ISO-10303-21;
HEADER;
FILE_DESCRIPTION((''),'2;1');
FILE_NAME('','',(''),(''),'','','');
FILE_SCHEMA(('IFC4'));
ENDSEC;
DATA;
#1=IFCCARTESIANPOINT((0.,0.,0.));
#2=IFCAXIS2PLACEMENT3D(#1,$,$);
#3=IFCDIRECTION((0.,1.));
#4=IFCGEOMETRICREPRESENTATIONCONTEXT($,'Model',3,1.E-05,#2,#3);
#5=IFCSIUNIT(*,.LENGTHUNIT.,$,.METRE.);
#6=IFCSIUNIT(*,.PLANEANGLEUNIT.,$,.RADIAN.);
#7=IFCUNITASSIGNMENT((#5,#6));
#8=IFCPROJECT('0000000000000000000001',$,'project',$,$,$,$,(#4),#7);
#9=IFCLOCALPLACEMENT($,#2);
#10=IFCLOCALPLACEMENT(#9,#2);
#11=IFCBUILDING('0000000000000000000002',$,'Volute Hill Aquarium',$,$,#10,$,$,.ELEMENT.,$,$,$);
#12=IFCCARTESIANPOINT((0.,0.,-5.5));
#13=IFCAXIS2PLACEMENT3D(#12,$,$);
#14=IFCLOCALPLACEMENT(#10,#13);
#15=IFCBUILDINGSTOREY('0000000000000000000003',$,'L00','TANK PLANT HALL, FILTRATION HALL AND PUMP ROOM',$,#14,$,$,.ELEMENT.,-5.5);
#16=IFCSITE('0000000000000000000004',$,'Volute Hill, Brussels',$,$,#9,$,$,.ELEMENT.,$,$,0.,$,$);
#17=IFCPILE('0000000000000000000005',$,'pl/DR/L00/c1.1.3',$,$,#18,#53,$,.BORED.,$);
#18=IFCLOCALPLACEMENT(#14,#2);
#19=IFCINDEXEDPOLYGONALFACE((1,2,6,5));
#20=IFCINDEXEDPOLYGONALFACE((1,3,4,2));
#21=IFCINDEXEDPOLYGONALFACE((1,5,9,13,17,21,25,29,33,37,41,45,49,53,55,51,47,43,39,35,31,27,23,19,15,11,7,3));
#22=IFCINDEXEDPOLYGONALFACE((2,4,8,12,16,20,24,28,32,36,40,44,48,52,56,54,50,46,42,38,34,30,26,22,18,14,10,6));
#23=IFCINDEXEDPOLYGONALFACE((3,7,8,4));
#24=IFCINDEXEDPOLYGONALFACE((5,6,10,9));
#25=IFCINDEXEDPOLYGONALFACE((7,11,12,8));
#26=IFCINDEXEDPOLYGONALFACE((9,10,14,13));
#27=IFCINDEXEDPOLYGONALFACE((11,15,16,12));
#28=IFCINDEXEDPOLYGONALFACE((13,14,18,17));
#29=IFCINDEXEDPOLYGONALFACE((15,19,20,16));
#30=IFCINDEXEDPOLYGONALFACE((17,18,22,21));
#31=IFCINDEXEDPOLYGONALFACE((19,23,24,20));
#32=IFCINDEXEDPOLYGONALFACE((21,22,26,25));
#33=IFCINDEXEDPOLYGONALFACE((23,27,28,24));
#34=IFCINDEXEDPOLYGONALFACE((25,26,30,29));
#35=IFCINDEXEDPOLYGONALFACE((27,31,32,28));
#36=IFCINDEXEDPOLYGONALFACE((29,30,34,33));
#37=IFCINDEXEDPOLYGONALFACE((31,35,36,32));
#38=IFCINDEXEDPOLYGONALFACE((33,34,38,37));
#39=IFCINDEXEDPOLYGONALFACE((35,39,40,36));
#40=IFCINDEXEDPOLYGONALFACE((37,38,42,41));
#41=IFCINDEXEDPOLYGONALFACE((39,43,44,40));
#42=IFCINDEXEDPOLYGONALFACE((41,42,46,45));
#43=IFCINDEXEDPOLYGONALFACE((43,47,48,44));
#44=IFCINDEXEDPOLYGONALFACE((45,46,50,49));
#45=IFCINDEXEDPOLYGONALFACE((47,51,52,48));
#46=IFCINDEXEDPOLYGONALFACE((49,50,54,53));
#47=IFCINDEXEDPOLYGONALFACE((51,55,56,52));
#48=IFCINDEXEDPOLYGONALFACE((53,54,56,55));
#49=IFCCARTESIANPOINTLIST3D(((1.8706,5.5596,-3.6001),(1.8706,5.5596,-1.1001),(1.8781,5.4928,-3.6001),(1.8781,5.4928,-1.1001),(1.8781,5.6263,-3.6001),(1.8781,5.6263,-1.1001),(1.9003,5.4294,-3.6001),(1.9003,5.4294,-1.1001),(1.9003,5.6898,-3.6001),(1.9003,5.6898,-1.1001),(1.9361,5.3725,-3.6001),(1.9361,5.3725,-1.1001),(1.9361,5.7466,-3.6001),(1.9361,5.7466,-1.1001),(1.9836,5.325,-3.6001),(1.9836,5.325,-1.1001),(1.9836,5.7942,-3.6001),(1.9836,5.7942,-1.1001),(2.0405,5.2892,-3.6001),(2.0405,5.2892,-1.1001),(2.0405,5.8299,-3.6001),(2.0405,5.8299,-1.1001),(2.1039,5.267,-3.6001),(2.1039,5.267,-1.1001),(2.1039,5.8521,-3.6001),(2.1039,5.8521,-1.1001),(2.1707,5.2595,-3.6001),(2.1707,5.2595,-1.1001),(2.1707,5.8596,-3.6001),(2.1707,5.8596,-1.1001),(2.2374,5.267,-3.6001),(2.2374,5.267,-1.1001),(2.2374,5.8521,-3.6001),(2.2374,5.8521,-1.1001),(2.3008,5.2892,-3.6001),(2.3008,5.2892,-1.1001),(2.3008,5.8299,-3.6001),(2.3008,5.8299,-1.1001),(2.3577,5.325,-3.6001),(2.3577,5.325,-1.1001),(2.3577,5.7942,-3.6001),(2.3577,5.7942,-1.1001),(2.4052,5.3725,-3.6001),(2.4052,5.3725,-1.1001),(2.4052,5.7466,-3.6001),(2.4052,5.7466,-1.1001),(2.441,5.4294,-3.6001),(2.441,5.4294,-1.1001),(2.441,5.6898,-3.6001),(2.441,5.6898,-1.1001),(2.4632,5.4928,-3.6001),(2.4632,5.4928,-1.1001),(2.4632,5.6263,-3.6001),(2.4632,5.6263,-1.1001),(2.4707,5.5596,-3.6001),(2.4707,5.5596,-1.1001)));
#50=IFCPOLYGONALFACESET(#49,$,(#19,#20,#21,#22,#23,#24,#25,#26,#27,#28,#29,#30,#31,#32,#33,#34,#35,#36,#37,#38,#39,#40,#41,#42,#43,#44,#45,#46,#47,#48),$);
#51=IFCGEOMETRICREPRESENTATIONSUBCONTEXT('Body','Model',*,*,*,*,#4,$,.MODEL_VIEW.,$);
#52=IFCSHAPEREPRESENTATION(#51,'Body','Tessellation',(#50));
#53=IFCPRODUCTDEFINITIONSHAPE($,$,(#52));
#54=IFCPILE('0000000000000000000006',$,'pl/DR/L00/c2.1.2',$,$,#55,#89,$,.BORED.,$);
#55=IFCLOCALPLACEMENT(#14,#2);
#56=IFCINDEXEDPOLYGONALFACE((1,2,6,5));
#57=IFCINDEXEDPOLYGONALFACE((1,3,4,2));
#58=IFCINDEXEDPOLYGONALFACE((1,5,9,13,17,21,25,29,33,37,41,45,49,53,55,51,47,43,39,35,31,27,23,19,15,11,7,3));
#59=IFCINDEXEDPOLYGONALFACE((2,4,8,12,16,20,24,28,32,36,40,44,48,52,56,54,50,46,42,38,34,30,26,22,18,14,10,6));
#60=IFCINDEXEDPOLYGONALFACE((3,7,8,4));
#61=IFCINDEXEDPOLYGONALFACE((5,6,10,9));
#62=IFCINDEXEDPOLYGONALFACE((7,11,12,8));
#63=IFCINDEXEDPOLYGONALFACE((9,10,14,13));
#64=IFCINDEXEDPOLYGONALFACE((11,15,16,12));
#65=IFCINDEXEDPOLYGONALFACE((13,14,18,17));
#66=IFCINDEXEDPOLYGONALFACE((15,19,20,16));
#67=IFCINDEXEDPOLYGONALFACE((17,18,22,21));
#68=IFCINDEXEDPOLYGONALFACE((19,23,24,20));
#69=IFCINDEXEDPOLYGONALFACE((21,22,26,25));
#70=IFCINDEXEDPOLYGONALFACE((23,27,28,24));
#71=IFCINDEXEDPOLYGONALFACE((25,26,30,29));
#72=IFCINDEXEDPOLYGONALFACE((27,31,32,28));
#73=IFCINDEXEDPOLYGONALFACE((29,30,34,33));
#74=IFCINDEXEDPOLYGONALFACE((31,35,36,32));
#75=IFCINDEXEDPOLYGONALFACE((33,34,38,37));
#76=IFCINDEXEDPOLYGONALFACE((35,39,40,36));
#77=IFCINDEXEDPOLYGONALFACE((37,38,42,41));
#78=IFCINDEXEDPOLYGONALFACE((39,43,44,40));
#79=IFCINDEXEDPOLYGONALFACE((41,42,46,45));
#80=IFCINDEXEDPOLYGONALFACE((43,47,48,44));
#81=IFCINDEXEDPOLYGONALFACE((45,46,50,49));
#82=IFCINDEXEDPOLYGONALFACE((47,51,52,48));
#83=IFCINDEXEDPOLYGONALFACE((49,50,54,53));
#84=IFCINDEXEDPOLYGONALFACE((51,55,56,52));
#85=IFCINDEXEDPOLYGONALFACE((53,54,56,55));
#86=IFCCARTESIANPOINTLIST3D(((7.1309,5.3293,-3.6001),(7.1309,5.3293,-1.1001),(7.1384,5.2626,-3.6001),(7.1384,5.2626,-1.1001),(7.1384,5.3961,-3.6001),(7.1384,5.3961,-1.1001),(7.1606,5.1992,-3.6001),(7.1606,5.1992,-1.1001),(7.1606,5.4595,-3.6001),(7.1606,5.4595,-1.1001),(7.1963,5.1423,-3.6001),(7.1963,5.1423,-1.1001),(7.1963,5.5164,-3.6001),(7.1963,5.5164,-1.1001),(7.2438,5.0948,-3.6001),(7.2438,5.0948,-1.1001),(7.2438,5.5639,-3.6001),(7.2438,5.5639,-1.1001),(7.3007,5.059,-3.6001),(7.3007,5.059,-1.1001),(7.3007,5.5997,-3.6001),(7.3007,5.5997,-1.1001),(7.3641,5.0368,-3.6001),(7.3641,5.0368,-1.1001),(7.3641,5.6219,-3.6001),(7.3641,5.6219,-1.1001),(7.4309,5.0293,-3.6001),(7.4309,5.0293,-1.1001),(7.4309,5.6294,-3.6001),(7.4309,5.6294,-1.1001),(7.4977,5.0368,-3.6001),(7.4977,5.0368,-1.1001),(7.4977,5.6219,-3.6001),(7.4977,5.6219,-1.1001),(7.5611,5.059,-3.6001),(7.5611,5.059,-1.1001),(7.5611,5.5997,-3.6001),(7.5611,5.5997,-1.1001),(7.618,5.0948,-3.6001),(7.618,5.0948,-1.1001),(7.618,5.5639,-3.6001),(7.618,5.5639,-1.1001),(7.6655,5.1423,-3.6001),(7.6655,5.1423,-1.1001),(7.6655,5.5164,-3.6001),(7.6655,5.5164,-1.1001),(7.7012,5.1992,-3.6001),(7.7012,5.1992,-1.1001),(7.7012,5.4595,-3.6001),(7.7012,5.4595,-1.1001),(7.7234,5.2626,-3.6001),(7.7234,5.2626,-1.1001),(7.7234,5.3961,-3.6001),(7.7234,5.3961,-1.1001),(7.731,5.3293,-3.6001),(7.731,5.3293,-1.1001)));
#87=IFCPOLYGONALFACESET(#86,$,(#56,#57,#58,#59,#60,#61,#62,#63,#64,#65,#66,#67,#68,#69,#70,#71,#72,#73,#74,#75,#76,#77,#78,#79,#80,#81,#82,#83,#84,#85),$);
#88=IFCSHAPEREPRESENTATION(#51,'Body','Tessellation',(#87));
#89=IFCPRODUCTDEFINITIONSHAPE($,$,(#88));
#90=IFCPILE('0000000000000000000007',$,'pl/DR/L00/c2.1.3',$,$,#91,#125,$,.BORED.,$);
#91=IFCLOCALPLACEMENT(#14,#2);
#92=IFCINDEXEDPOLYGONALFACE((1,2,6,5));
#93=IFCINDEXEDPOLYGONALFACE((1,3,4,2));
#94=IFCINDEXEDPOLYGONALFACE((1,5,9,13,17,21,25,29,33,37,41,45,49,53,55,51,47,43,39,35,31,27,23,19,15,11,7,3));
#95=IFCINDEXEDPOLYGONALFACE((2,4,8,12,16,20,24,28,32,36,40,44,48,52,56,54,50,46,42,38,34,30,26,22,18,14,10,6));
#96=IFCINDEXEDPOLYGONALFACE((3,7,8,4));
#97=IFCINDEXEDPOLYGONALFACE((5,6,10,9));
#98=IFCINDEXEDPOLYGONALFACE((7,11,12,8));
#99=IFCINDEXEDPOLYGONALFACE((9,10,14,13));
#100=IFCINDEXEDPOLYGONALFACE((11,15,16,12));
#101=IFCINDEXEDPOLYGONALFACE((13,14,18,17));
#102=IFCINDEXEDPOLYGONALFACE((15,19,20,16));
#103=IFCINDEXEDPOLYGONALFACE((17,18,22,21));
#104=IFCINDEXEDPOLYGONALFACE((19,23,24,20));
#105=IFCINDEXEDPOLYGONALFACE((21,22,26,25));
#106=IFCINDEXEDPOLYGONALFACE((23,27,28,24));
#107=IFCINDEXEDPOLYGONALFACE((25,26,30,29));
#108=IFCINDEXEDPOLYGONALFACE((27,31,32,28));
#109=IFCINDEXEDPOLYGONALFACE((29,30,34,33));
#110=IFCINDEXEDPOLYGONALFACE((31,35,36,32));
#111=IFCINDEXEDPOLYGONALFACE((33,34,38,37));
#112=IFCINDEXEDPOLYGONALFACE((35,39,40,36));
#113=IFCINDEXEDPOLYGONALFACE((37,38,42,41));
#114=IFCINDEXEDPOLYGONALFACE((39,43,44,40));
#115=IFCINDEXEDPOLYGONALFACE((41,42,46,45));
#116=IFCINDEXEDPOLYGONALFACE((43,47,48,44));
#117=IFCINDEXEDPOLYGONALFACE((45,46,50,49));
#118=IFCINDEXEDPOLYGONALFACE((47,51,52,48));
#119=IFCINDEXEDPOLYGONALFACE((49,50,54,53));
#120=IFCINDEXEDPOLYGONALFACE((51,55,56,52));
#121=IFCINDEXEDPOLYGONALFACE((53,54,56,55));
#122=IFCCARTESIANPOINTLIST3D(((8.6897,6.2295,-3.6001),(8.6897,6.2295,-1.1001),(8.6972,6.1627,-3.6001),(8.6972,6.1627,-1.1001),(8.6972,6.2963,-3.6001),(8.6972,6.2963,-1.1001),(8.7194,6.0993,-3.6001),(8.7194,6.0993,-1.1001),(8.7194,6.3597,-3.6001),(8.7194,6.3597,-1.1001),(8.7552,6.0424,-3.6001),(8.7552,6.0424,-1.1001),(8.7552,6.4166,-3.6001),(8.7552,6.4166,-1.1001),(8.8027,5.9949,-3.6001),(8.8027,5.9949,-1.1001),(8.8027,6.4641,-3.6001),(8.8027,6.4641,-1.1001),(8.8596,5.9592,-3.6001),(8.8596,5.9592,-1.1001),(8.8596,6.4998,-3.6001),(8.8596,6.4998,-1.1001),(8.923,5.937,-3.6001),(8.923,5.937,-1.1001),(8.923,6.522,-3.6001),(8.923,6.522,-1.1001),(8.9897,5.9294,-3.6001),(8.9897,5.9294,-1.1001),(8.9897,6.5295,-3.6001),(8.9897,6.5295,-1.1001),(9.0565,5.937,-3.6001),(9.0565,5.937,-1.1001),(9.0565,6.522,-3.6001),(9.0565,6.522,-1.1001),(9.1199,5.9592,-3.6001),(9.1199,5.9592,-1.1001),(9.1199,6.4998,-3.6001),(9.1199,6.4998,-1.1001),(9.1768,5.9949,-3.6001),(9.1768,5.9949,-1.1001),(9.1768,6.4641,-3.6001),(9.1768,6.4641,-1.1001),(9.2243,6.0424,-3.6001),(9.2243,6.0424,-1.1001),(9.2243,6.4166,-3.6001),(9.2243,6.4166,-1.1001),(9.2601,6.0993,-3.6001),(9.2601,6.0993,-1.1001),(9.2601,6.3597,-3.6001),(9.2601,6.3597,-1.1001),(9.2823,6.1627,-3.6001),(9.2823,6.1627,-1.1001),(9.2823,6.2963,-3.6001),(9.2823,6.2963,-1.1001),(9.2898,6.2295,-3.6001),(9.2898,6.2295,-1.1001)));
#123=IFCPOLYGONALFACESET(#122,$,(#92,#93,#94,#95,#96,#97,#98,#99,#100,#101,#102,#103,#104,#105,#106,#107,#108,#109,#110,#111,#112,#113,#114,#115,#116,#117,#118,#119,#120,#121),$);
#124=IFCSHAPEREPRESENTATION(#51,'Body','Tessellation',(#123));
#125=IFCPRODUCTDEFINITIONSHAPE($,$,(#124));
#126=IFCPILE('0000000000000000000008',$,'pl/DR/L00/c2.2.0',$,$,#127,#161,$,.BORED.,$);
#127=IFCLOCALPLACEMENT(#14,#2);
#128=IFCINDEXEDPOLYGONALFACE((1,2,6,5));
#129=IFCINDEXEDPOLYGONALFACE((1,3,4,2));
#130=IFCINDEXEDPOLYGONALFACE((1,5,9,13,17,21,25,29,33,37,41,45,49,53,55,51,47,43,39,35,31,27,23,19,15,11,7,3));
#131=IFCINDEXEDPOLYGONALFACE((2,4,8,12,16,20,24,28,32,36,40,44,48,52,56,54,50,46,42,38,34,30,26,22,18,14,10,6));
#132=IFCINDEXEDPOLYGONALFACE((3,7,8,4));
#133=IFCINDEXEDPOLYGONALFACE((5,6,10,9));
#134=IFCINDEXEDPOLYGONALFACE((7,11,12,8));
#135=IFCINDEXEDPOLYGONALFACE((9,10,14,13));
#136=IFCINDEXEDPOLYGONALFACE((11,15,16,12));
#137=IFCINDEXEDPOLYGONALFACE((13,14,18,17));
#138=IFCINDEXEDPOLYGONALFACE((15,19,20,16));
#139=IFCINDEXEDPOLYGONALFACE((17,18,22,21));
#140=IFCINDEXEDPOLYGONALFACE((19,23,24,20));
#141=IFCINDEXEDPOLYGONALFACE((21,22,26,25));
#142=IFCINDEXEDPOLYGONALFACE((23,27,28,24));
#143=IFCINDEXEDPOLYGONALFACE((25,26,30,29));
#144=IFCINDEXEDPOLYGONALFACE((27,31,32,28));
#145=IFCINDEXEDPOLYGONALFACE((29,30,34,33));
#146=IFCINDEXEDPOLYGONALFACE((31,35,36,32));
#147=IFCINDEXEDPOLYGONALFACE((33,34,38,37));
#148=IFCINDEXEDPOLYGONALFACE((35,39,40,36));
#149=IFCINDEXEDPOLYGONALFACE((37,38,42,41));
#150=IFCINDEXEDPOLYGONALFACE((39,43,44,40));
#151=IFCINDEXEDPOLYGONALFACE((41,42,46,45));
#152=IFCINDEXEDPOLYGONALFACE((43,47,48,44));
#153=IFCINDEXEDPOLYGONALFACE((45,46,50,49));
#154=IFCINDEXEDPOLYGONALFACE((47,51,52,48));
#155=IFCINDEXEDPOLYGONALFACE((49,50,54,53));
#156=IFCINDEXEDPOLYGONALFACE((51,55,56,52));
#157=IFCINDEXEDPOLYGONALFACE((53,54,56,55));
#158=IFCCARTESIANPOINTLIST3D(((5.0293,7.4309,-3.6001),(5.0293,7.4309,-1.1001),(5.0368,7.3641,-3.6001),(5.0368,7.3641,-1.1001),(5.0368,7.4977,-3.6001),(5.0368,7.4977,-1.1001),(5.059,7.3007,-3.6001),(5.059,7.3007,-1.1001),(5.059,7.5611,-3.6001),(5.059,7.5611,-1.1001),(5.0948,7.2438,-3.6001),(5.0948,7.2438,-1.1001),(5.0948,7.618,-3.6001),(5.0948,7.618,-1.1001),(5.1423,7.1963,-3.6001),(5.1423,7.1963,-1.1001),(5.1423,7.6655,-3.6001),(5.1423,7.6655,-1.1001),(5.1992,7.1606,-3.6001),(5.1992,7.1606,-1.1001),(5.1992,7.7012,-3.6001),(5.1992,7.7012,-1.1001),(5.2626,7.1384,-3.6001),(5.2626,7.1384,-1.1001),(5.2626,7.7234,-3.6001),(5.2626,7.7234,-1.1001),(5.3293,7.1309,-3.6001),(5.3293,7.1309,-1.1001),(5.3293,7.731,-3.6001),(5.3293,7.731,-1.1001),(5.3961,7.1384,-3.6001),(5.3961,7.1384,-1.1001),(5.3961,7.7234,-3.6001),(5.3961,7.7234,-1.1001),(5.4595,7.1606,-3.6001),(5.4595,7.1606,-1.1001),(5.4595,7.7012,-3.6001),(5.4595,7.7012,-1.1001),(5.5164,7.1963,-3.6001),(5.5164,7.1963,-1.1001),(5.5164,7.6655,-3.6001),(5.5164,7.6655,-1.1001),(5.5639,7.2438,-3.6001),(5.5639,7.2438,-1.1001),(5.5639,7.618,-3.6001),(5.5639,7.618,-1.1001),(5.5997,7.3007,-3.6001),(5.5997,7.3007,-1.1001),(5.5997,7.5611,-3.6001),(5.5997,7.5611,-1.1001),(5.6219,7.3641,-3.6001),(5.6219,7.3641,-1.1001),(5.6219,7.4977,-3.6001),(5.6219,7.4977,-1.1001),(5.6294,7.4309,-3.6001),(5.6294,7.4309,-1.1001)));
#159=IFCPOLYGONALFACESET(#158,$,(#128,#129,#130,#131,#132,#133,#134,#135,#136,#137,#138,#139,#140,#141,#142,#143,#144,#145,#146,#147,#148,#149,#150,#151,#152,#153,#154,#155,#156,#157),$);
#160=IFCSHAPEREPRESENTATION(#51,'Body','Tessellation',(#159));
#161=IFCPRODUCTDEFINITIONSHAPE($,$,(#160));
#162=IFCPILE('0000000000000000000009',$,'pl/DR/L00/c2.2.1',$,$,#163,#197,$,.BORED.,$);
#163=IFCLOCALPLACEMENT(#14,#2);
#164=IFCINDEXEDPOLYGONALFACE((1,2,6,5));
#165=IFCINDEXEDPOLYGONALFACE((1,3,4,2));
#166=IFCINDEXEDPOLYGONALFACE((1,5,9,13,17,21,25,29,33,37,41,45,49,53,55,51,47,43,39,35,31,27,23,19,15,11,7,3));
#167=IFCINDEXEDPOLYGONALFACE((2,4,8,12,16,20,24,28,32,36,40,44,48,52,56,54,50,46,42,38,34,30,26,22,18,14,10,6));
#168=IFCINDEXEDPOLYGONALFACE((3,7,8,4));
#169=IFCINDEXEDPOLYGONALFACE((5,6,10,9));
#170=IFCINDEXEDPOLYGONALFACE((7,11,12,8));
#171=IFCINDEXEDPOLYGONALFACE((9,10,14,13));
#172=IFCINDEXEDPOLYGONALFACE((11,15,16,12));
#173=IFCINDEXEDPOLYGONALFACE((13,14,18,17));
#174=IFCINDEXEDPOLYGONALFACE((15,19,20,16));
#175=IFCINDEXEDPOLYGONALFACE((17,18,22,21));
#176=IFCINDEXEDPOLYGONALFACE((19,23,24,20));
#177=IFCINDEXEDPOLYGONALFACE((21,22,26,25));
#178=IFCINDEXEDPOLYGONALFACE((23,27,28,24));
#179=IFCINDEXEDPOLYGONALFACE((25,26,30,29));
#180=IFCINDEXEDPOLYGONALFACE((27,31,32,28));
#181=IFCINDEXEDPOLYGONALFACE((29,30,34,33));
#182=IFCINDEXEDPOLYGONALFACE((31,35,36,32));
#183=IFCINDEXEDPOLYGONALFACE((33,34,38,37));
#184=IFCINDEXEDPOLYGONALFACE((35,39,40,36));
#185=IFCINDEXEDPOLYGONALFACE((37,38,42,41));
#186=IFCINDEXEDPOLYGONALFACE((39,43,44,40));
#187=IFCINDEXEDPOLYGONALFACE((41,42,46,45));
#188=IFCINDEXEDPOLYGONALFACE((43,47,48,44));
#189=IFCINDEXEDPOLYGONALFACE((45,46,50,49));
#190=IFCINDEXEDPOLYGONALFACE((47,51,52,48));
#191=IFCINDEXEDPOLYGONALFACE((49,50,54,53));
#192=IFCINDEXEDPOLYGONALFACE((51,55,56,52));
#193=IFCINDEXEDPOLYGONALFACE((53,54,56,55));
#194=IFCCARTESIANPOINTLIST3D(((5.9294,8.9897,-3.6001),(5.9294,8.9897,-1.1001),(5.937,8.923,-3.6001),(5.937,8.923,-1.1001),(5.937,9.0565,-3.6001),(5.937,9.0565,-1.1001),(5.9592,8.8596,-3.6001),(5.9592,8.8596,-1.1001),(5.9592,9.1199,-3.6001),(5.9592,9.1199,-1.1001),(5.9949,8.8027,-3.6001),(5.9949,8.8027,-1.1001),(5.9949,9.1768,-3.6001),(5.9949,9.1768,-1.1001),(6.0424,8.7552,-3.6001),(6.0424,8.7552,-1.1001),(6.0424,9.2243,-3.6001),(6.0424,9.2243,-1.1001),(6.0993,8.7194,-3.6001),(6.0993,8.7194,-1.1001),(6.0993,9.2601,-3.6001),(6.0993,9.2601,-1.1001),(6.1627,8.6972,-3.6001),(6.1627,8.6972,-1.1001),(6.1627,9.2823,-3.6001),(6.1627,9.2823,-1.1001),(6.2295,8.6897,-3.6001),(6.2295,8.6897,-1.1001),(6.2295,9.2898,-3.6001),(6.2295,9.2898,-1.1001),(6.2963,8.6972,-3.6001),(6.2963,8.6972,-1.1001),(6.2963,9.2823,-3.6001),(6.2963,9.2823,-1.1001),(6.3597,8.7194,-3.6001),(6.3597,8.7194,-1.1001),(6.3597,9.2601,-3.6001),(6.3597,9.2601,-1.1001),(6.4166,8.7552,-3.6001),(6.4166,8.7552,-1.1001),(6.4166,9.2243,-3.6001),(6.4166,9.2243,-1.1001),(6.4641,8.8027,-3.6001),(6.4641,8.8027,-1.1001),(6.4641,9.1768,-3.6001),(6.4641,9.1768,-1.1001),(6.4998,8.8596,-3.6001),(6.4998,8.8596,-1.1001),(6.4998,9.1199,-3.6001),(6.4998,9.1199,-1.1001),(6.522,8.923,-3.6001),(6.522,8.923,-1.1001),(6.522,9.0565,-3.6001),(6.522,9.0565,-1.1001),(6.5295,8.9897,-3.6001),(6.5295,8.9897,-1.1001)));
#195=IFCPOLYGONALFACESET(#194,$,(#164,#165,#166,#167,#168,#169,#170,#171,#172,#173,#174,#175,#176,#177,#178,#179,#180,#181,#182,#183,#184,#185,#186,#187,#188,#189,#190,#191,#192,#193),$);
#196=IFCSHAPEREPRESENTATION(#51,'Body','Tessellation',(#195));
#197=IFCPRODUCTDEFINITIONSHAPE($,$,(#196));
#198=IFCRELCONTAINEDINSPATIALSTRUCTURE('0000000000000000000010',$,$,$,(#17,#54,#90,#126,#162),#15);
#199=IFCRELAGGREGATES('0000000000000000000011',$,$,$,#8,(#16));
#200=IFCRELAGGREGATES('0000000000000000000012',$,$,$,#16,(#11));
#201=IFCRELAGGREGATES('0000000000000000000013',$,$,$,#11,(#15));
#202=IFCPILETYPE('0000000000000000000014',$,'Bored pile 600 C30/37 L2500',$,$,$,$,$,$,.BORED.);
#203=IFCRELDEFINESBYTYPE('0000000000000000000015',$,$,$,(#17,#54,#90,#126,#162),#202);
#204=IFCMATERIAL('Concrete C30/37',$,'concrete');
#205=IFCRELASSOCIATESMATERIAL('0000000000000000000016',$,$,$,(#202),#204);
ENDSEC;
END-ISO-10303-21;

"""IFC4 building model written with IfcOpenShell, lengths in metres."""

from ifc_helpers import new_model, si_unit, direction, frame, origin, origin_2d, place, context, subcontext, project, spatial, circle, extrude, material, type_object, element, save


model = new_model("IFC4")

# Units and contexts
model_context = context("Model", 3, precision=1e-05, world=origin(), true_north=direction((0.0, 1.0)))
body_context = subcontext(model_context, "Body", "Model", "MODEL_VIEW")
ifc_project = project(units=[si_unit("LENGTHUNIT", "METRE"), si_unit("PLANEANGLEUNIT", "RADIAN")], contexts=[model_context])

# Site, building, storey
site_placement = place(None, origin())
site = spatial("IfcSite", under=ifc_project, at=site_placement, Name="Volute Hill, Brussels", CompositionType="ELEMENT", RefElevation=0.0)
building_placement = place(site_placement, origin())
building = spatial("IfcBuilding", under=site, at=building_placement, Name="Volute Hill Aquarium", CompositionType="ELEMENT")
storey_placement = place(building_placement, frame((0.0, 0.0, -5.5)))
storey = spatial("IfcBuildingStorey", under=building, at=storey_placement, Name="L00", Description="TANK PLANT HALL, FILTRATION HALL AND PUMP ROOM", CompositionType="ELEMENT", Elevation=-5.5)

# Piles
ifc_material_1 = material(Name="Concrete C30/37", Category="concrete")
pile_type = type_object("IfcPileType", Name="Bored pile 600 C30/37 L2500", PredefinedType="BORED", material=ifc_material_1)
for number, where, z_axis, x_axis, name in (
    (1, (2.1707, 5.5596, -1.1001), (0.0, 0.0, -1.0), (1.0, 0.0, 0.0), "pl/DR/L00/c1.1.3"),
    (2, (7.4309, 5.3293, -1.1001), (0.0, 0.0, -1.0), (1.0, 0.0, 0.0), "pl/DR/L00/c2.1.2"),
    (3, (8.9897, 6.2295, -1.1001), (0.0, 0.0, -1.0), (1.0, 0.0, 0.0), "pl/DR/L00/c2.1.3"),
    (4, (5.3293, 7.4309, -1.1001), (0.0, 0.0, -1.0), (1.0, 0.0, 0.0), "pl/DR/L00/c2.2.0"),
    (5, (6.2295, 8.9897, -1.1001), (0.0, 0.0, -1.0), (1.0, 0.0, 0.0), "pl/DR/L00/c2.2.1"),
):
    element("IfcPile", number, at=place(storey_placement, frame(where, z_axis=z_axis, x_axis=x_axis)), inside=storey, type_object=pile_type, Name=name, PredefinedType="BORED", context=body_context, shape_type="SweptSolid", body=[
        extrude(circle(Radius=0.3, at=origin_2d()), origin(), (0.0, 0.0, 1.0), 2.5),
    ])

save(model, "model.ifc")
